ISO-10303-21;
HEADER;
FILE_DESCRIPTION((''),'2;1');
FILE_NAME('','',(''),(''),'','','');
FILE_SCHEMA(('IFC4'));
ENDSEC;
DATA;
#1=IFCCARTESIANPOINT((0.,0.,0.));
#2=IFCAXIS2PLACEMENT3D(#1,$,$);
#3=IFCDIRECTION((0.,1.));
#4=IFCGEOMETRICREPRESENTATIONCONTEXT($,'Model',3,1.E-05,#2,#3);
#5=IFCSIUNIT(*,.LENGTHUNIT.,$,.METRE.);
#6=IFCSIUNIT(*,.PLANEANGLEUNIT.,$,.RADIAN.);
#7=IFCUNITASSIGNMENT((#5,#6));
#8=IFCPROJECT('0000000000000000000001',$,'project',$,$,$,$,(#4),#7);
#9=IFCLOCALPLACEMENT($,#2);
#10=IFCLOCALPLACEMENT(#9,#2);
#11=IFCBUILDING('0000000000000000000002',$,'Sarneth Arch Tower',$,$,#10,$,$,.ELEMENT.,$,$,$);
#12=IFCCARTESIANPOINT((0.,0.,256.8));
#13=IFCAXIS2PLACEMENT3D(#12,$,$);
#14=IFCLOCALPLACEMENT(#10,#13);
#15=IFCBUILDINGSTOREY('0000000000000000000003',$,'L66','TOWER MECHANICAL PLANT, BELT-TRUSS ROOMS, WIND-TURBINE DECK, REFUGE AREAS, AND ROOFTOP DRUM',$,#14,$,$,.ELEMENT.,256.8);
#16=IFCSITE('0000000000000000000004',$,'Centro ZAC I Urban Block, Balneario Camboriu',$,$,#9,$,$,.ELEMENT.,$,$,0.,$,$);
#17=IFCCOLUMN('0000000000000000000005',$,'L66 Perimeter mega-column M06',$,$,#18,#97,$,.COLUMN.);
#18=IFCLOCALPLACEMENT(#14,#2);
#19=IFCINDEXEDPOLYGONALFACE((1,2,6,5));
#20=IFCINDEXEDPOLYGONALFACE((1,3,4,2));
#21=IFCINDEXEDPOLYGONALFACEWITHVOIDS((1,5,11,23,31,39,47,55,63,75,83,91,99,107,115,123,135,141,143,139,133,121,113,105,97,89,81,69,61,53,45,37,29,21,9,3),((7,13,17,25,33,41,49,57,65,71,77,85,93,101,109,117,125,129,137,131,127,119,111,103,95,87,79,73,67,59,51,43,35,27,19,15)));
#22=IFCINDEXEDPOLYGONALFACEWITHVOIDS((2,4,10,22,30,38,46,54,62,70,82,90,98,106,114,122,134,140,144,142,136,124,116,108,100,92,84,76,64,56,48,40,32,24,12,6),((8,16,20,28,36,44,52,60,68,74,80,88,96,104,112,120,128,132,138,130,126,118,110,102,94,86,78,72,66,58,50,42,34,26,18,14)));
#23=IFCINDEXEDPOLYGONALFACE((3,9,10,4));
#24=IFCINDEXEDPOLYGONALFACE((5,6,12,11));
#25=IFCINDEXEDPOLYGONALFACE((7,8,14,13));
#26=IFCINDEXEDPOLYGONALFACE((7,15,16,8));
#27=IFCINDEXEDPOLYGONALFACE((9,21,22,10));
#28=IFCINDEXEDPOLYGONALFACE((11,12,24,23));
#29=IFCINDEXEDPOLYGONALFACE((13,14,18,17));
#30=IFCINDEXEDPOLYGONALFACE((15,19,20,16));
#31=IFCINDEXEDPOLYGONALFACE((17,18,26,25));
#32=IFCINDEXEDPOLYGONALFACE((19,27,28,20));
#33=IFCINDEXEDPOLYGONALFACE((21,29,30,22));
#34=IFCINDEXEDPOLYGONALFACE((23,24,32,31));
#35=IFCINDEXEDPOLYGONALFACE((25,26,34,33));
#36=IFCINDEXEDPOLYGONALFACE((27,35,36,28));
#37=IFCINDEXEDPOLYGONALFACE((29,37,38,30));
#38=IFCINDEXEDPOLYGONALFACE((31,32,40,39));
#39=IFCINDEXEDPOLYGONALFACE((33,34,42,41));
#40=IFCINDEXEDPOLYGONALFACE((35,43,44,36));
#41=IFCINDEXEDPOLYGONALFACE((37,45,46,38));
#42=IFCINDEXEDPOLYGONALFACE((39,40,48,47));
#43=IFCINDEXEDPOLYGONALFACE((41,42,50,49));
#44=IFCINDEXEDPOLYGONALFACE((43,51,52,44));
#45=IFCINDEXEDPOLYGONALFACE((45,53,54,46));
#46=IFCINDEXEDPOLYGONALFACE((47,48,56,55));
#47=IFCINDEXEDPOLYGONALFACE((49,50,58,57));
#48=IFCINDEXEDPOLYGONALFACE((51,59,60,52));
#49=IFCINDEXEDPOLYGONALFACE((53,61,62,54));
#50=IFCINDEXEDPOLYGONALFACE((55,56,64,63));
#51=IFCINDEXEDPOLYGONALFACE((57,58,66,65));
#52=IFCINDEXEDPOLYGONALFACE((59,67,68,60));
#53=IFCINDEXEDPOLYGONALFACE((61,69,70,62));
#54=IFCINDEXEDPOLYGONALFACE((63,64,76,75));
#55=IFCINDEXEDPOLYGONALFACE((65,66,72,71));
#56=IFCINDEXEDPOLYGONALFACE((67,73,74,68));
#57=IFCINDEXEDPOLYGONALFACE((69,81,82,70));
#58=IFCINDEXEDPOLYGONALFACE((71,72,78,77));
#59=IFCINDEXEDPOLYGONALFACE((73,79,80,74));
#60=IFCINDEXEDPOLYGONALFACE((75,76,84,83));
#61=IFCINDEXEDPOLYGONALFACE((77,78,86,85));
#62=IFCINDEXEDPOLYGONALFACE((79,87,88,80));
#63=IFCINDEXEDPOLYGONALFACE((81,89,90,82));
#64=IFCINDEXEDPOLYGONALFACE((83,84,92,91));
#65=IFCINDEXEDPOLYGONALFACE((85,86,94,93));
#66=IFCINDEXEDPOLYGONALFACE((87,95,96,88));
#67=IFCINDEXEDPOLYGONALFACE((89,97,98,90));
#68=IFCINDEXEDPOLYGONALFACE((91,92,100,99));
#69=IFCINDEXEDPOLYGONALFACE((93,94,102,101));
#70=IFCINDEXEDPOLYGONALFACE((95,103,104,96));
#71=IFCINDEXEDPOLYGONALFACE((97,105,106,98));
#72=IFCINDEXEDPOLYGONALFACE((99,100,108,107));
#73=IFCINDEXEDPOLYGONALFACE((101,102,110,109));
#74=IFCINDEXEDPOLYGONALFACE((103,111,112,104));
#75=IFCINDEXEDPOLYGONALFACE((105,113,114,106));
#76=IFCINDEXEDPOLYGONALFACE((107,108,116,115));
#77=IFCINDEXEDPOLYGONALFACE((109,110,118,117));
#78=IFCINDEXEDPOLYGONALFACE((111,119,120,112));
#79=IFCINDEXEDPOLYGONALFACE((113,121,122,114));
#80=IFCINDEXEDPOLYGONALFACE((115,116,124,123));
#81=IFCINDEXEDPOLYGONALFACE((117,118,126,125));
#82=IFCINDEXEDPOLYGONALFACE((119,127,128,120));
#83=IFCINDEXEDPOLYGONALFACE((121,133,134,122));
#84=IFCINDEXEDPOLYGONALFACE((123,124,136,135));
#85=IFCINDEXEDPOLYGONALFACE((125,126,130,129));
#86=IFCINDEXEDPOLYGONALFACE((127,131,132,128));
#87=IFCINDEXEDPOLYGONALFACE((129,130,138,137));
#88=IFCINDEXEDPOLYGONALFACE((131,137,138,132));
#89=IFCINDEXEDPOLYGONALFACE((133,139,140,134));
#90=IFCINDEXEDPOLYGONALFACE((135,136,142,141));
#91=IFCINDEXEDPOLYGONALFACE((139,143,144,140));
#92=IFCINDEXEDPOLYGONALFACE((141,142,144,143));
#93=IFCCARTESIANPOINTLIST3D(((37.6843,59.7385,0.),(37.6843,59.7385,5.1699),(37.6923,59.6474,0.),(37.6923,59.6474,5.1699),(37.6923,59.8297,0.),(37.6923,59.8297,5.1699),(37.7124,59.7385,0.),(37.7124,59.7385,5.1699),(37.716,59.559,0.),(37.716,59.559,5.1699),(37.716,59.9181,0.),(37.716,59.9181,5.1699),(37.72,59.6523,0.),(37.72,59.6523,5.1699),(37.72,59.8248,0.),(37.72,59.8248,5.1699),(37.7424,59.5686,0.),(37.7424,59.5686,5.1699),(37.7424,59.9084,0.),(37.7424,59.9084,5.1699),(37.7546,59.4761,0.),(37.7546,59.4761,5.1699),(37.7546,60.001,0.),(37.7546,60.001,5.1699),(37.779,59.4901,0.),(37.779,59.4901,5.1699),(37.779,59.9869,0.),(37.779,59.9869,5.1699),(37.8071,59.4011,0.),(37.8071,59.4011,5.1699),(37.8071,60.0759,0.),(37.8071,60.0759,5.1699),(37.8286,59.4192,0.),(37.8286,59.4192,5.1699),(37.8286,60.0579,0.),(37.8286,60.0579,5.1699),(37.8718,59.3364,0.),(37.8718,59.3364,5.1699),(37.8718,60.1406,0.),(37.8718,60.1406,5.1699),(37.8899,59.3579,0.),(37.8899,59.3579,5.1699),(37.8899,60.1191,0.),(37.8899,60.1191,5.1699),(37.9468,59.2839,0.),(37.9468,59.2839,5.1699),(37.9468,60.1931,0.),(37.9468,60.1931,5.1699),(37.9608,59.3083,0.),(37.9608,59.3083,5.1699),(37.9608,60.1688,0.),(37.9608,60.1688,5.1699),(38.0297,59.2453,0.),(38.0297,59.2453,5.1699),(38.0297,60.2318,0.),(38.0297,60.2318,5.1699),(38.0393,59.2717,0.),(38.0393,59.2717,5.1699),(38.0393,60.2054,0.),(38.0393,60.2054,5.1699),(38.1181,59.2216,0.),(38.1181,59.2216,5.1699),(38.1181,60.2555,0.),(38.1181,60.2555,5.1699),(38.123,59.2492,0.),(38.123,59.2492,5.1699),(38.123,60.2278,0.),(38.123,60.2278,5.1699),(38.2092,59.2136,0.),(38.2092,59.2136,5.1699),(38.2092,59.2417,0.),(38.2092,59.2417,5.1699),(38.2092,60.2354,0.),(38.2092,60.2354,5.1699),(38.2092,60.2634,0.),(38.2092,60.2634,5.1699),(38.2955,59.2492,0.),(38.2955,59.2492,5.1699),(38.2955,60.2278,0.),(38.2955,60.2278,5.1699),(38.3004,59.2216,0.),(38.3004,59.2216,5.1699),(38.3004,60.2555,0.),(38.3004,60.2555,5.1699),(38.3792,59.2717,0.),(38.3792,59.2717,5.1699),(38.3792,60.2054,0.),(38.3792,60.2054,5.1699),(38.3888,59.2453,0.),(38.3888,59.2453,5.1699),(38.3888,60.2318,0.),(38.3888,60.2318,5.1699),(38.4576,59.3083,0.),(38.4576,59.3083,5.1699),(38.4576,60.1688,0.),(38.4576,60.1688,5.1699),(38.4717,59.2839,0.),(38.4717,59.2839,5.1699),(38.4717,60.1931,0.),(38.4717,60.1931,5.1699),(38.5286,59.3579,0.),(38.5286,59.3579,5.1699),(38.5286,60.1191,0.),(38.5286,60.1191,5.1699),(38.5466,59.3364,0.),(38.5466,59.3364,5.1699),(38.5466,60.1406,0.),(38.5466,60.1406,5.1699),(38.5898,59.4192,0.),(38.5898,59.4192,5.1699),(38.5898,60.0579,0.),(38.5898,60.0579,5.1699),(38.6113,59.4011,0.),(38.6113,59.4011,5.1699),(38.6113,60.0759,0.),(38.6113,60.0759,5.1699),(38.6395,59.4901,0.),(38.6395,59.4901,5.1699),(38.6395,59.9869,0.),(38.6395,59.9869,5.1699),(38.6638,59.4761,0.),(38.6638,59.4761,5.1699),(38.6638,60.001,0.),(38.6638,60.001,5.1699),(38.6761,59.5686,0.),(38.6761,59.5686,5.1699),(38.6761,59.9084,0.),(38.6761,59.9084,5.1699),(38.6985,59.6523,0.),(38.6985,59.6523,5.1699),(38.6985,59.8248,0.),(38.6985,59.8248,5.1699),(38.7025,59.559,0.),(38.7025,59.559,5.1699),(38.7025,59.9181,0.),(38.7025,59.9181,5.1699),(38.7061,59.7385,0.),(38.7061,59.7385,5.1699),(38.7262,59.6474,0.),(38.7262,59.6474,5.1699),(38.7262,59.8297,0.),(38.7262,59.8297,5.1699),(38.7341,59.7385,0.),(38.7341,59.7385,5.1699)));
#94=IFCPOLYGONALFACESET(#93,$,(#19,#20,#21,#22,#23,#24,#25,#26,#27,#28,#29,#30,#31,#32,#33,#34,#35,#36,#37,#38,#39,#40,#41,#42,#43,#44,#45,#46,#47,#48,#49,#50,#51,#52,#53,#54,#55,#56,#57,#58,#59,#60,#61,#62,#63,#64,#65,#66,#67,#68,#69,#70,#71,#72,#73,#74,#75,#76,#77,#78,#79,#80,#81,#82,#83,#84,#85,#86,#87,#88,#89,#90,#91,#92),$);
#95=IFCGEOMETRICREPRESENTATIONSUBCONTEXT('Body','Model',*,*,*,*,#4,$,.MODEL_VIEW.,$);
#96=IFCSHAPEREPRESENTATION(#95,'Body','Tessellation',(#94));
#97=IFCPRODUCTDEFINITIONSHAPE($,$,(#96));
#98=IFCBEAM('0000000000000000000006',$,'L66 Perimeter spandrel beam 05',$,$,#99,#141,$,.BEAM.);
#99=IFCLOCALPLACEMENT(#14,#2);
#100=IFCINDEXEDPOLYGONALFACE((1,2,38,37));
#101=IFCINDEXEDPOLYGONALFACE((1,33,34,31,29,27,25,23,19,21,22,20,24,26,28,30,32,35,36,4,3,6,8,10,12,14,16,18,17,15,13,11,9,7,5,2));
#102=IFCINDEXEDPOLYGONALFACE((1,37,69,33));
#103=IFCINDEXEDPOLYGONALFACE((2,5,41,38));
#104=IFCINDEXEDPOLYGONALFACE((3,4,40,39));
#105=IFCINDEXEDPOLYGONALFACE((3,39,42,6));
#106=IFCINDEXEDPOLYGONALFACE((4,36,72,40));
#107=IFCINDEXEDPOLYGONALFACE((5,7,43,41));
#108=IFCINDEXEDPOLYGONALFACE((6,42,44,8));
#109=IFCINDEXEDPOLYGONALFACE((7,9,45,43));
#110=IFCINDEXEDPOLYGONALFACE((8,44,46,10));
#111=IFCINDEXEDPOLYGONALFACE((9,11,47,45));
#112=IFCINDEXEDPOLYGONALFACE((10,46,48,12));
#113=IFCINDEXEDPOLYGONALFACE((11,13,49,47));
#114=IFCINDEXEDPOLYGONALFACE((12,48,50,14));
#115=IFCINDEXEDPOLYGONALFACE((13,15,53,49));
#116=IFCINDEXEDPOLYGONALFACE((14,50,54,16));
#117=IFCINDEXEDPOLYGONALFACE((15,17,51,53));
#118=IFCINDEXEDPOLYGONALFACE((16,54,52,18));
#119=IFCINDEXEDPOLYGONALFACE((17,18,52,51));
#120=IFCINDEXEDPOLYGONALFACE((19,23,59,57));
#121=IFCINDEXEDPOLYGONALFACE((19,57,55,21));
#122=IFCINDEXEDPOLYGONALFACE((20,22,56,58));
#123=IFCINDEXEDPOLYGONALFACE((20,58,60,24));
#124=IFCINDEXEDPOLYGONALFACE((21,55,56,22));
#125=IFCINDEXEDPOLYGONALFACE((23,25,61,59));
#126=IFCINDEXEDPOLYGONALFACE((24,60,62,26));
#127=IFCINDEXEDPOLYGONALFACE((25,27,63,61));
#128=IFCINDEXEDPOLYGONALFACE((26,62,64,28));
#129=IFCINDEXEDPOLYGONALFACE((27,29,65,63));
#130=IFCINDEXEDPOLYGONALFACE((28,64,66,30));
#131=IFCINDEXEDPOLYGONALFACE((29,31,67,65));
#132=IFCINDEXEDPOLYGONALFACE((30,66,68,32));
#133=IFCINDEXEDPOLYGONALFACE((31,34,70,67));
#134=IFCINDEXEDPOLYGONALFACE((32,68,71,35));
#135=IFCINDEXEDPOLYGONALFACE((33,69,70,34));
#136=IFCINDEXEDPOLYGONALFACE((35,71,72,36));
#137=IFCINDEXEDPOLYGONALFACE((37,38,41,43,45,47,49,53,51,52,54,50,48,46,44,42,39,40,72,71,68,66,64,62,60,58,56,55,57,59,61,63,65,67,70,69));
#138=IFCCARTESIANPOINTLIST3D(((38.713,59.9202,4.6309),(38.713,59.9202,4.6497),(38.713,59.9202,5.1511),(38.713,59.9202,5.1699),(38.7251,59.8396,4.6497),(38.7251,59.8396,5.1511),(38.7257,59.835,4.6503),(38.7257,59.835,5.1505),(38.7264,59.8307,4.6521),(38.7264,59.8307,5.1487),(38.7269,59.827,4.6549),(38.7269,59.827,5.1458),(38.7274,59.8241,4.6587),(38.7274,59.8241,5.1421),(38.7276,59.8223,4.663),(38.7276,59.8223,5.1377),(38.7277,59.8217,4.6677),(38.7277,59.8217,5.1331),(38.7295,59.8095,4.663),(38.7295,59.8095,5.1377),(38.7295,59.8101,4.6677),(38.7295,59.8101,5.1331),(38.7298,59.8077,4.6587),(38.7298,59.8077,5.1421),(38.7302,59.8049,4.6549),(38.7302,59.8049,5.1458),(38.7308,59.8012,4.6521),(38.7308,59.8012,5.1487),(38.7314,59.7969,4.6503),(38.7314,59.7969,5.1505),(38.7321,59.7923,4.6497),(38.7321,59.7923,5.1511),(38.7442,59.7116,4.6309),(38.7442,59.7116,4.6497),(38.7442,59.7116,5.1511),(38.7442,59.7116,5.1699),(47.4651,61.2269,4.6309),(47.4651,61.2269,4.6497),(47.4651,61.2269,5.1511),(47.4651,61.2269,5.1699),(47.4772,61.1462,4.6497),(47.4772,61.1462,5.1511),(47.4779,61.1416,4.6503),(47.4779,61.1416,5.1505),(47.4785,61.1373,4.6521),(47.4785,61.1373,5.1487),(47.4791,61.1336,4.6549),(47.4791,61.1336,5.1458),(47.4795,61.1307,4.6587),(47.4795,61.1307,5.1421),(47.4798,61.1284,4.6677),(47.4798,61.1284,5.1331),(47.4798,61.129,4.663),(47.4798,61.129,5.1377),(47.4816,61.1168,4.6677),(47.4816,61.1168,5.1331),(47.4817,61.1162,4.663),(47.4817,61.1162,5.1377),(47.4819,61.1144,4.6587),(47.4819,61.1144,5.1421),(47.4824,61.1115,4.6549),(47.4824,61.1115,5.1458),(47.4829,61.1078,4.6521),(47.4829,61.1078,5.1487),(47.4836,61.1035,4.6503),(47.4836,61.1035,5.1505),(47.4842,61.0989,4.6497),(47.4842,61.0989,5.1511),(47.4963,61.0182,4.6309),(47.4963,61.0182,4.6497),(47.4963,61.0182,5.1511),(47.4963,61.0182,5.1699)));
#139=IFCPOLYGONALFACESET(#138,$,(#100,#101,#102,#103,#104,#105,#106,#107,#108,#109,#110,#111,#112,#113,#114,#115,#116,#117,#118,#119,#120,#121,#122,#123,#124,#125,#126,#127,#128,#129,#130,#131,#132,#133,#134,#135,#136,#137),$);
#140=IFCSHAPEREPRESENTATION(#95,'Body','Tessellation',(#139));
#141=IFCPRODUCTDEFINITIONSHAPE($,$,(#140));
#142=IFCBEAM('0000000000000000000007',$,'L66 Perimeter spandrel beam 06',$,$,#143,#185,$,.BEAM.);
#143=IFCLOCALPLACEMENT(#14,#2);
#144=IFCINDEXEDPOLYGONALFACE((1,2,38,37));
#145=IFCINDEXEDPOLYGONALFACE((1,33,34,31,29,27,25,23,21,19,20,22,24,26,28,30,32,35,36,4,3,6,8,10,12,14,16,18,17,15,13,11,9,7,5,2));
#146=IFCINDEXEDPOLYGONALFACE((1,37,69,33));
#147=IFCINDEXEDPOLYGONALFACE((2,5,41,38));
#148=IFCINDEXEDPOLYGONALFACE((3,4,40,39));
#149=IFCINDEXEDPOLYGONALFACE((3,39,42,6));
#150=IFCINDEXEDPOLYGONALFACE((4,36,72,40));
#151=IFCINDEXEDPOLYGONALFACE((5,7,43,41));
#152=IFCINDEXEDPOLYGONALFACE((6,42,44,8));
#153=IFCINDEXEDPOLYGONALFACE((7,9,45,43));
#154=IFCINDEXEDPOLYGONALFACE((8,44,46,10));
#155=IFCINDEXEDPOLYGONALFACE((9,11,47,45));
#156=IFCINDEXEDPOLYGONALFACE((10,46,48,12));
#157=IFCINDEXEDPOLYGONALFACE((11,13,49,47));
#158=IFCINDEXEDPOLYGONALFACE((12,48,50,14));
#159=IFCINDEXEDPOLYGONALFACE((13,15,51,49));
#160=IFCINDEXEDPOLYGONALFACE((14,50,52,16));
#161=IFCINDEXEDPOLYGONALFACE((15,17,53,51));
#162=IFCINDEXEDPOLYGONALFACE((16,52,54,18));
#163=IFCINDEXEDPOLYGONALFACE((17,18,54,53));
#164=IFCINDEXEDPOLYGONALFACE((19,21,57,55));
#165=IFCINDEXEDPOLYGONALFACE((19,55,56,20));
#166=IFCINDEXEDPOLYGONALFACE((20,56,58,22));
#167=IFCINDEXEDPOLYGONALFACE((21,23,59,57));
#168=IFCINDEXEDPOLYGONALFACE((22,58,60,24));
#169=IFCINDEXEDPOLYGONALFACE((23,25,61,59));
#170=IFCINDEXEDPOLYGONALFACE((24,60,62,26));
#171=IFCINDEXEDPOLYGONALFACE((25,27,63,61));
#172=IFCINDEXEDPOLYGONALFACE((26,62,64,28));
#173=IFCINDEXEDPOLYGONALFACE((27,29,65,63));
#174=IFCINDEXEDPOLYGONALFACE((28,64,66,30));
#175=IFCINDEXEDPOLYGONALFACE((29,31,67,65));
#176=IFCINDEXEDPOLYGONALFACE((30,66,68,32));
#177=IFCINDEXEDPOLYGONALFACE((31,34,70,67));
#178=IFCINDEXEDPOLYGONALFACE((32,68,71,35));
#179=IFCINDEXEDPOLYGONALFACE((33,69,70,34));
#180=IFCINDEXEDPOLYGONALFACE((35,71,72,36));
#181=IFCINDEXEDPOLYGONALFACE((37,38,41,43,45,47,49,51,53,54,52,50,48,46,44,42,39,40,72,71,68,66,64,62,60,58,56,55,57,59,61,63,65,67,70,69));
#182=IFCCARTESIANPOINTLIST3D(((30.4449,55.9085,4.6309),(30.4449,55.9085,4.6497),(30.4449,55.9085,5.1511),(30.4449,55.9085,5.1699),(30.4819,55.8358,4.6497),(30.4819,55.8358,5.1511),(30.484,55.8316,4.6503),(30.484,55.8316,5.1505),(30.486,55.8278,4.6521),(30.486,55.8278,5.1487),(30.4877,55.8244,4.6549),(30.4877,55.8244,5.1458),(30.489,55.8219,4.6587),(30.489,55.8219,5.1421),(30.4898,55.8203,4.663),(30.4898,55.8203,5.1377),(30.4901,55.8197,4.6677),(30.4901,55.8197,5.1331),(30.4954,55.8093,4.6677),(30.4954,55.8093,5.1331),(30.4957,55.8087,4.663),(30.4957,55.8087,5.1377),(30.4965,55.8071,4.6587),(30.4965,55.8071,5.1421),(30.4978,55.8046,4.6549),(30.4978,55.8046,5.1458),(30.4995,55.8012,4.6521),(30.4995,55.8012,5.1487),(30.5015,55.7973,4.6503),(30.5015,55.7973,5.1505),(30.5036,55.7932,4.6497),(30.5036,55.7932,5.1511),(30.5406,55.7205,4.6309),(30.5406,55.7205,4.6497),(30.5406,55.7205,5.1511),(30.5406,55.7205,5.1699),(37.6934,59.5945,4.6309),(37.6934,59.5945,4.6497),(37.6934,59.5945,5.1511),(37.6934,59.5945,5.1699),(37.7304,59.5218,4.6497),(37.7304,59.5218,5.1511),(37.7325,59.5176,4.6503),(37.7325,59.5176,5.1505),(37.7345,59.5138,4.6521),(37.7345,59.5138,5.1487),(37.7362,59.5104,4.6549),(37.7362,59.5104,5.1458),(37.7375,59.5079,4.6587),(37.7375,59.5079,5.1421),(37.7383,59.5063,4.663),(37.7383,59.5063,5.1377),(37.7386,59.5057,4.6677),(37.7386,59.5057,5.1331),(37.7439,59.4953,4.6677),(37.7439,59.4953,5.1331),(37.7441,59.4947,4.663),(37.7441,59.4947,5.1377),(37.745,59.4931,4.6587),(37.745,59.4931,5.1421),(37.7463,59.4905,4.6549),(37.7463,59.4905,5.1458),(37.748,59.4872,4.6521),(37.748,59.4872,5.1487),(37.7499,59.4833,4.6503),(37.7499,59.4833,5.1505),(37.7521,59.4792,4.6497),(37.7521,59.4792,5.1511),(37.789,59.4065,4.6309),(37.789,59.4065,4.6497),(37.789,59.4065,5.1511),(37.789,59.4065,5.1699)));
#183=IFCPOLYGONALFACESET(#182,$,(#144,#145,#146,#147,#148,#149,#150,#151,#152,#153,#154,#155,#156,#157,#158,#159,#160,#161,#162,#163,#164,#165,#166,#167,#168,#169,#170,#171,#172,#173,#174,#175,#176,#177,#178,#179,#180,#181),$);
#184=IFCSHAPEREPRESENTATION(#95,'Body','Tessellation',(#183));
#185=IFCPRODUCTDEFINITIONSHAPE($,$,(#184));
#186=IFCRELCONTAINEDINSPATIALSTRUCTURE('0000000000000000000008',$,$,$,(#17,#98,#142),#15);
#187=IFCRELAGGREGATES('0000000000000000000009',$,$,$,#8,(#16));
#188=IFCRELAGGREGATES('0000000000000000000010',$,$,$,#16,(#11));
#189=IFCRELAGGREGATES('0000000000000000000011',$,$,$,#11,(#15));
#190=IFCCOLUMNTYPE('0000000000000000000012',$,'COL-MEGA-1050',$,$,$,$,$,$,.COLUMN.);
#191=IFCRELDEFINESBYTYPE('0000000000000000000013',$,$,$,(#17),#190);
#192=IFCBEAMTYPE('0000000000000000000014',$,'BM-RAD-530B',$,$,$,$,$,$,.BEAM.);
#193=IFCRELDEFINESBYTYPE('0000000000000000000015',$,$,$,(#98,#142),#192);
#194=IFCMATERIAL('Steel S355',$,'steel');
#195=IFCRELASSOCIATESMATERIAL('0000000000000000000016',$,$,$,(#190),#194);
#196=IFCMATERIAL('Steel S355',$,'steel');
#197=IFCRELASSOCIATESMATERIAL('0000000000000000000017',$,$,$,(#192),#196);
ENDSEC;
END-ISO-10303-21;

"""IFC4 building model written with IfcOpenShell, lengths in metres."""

from ifc_helpers import new_model, si_unit, direction, frame, origin, origin_2d, place, context, subcontext, project, spatial, hollow_circle, i_section, extrude, material, material_profile, profile_set, type_object, element, save


model = new_model("IFC4")

# Units and contexts
model_context = context("Model", 3, precision=1e-05, world=origin(), true_north=direction((0.0, 1.0)))
body_context = subcontext(model_context, "Body", "Model", "MODEL_VIEW")
ifc_project = project(units=[si_unit("LENGTHUNIT", "METRE"), si_unit("PLANEANGLEUNIT", "RADIAN")], contexts=[model_context])

# Site, building, storey
site_placement = place(None, origin())
site = spatial("IfcSite", under=ifc_project, at=site_placement, Name="Centro ZAC I Urban Block, Balneario Camboriu", CompositionType="ELEMENT", RefElevation=0.0)
building_placement = place(site_placement, origin())
building = spatial("IfcBuilding", under=site, at=building_placement, Name="Sarneth Arch Tower", CompositionType="ELEMENT")
storey_placement = place(building_placement, frame((0.0, 0.0, 256.8)))
storey = spatial("IfcBuildingStorey", under=building, at=storey_placement, Name="L66", Description="TOWER MECHANICAL PLANT, BELT-TRUSS ROOMS, WIND-TURBINE DECK, REFUGE AREAS, AND ROOFTOP DRUM", CompositionType="ELEMENT", Elevation=256.8)

# Column
ifc_material_1 = material(Name="Steel S355", Category="steel")
ifc_material_profile_1 = material_profile(ifc_material_1, hollow_circle(Radius=0.5249, WallThickness=0.0281, at=origin_2d()), Name="CHS1050x28")
ifc_profile_set_1 = profile_set([ifc_material_profile_1], Name="Steel S355")
column_type = type_object("IfcColumnType", Name="COL-MEGA-1050", PredefinedType="COLUMN", material=ifc_profile_set_1)
column_placement = place(storey_placement, frame((38.2092, 59.7385, 0.0), z_axis=(0.0, 0.0, 1.0), x_axis=(1.0, 0.0, 0.0)))
element("IfcColumn", 1, at=column_placement, inside=storey, type_object=column_type, Name="L66 Perimeter mega-column M06", PredefinedType="COLUMN", context=body_context, shape_type="SweptSolid", body=[
    extrude(hollow_circle(Radius=0.5249, WallThickness=0.0281, at=origin_2d()), origin(), (0.0, 0.0, 1.0), 5.1699),
])

# Beams
ifc_material_2 = material(Name="Steel S355", Category="steel")
ifc_material_profile_2 = material_profile(ifc_material_2, i_section(OverallWidth=0.2109, OverallDepth=0.5391, WebThickness=0.0117, FlangeThickness=0.0188, FilletRadius=0.0181, at=origin_2d()), Name="W530x109")
ifc_profile_set_2 = profile_set([ifc_material_profile_2], Name="Steel S355")
beam_type = type_object("IfcBeamType", Name="BM-RAD-530B", PredefinedType="BEAM", material=ifc_profile_set_2)
beam_1_placement = place(storey_placement, frame((47.4807, 61.1226, 4.9004), z_axis=(-0.989039, -0.147656, 0.0), x_axis=(0.147656, -0.989039, 0.0)))
element("IfcBeam", 2, at=beam_1_placement, inside=storey, type_object=beam_type, Name="L66 Perimeter spandrel beam 05", PredefinedType="BEAM", context=body_context, shape_type="SweptSolid", body=[
    extrude(i_section(OverallWidth=0.2109, OverallDepth=0.5391, WebThickness=0.0117, FlangeThickness=0.0188, FilletRadius=0.0181, at=origin_2d()), origin(), (0.0, 0.0, 1.0), 8.8491),
])
beam_2_placement = place(storey_placement, frame((37.7412, 59.5005, 4.9004), z_axis=(-0.891368, -0.45328, 0.0), x_axis=(0.45328, -0.891368, 0.0)))
element("IfcBeam", 3, at=beam_2_placement, inside=storey, type_object=beam_type, Name="L66 Perimeter spandrel beam 06", PredefinedType="BEAM", context=body_context, shape_type="SweptSolid", body=[
    extrude(i_section(OverallWidth=0.2109, OverallDepth=0.5391, WebThickness=0.0117, FlangeThickness=0.0188, FilletRadius=0.0181, at=origin_2d()), origin(), (0.0, 0.0, 1.0), 8.1318),
])

save(model, "model.ifc")
